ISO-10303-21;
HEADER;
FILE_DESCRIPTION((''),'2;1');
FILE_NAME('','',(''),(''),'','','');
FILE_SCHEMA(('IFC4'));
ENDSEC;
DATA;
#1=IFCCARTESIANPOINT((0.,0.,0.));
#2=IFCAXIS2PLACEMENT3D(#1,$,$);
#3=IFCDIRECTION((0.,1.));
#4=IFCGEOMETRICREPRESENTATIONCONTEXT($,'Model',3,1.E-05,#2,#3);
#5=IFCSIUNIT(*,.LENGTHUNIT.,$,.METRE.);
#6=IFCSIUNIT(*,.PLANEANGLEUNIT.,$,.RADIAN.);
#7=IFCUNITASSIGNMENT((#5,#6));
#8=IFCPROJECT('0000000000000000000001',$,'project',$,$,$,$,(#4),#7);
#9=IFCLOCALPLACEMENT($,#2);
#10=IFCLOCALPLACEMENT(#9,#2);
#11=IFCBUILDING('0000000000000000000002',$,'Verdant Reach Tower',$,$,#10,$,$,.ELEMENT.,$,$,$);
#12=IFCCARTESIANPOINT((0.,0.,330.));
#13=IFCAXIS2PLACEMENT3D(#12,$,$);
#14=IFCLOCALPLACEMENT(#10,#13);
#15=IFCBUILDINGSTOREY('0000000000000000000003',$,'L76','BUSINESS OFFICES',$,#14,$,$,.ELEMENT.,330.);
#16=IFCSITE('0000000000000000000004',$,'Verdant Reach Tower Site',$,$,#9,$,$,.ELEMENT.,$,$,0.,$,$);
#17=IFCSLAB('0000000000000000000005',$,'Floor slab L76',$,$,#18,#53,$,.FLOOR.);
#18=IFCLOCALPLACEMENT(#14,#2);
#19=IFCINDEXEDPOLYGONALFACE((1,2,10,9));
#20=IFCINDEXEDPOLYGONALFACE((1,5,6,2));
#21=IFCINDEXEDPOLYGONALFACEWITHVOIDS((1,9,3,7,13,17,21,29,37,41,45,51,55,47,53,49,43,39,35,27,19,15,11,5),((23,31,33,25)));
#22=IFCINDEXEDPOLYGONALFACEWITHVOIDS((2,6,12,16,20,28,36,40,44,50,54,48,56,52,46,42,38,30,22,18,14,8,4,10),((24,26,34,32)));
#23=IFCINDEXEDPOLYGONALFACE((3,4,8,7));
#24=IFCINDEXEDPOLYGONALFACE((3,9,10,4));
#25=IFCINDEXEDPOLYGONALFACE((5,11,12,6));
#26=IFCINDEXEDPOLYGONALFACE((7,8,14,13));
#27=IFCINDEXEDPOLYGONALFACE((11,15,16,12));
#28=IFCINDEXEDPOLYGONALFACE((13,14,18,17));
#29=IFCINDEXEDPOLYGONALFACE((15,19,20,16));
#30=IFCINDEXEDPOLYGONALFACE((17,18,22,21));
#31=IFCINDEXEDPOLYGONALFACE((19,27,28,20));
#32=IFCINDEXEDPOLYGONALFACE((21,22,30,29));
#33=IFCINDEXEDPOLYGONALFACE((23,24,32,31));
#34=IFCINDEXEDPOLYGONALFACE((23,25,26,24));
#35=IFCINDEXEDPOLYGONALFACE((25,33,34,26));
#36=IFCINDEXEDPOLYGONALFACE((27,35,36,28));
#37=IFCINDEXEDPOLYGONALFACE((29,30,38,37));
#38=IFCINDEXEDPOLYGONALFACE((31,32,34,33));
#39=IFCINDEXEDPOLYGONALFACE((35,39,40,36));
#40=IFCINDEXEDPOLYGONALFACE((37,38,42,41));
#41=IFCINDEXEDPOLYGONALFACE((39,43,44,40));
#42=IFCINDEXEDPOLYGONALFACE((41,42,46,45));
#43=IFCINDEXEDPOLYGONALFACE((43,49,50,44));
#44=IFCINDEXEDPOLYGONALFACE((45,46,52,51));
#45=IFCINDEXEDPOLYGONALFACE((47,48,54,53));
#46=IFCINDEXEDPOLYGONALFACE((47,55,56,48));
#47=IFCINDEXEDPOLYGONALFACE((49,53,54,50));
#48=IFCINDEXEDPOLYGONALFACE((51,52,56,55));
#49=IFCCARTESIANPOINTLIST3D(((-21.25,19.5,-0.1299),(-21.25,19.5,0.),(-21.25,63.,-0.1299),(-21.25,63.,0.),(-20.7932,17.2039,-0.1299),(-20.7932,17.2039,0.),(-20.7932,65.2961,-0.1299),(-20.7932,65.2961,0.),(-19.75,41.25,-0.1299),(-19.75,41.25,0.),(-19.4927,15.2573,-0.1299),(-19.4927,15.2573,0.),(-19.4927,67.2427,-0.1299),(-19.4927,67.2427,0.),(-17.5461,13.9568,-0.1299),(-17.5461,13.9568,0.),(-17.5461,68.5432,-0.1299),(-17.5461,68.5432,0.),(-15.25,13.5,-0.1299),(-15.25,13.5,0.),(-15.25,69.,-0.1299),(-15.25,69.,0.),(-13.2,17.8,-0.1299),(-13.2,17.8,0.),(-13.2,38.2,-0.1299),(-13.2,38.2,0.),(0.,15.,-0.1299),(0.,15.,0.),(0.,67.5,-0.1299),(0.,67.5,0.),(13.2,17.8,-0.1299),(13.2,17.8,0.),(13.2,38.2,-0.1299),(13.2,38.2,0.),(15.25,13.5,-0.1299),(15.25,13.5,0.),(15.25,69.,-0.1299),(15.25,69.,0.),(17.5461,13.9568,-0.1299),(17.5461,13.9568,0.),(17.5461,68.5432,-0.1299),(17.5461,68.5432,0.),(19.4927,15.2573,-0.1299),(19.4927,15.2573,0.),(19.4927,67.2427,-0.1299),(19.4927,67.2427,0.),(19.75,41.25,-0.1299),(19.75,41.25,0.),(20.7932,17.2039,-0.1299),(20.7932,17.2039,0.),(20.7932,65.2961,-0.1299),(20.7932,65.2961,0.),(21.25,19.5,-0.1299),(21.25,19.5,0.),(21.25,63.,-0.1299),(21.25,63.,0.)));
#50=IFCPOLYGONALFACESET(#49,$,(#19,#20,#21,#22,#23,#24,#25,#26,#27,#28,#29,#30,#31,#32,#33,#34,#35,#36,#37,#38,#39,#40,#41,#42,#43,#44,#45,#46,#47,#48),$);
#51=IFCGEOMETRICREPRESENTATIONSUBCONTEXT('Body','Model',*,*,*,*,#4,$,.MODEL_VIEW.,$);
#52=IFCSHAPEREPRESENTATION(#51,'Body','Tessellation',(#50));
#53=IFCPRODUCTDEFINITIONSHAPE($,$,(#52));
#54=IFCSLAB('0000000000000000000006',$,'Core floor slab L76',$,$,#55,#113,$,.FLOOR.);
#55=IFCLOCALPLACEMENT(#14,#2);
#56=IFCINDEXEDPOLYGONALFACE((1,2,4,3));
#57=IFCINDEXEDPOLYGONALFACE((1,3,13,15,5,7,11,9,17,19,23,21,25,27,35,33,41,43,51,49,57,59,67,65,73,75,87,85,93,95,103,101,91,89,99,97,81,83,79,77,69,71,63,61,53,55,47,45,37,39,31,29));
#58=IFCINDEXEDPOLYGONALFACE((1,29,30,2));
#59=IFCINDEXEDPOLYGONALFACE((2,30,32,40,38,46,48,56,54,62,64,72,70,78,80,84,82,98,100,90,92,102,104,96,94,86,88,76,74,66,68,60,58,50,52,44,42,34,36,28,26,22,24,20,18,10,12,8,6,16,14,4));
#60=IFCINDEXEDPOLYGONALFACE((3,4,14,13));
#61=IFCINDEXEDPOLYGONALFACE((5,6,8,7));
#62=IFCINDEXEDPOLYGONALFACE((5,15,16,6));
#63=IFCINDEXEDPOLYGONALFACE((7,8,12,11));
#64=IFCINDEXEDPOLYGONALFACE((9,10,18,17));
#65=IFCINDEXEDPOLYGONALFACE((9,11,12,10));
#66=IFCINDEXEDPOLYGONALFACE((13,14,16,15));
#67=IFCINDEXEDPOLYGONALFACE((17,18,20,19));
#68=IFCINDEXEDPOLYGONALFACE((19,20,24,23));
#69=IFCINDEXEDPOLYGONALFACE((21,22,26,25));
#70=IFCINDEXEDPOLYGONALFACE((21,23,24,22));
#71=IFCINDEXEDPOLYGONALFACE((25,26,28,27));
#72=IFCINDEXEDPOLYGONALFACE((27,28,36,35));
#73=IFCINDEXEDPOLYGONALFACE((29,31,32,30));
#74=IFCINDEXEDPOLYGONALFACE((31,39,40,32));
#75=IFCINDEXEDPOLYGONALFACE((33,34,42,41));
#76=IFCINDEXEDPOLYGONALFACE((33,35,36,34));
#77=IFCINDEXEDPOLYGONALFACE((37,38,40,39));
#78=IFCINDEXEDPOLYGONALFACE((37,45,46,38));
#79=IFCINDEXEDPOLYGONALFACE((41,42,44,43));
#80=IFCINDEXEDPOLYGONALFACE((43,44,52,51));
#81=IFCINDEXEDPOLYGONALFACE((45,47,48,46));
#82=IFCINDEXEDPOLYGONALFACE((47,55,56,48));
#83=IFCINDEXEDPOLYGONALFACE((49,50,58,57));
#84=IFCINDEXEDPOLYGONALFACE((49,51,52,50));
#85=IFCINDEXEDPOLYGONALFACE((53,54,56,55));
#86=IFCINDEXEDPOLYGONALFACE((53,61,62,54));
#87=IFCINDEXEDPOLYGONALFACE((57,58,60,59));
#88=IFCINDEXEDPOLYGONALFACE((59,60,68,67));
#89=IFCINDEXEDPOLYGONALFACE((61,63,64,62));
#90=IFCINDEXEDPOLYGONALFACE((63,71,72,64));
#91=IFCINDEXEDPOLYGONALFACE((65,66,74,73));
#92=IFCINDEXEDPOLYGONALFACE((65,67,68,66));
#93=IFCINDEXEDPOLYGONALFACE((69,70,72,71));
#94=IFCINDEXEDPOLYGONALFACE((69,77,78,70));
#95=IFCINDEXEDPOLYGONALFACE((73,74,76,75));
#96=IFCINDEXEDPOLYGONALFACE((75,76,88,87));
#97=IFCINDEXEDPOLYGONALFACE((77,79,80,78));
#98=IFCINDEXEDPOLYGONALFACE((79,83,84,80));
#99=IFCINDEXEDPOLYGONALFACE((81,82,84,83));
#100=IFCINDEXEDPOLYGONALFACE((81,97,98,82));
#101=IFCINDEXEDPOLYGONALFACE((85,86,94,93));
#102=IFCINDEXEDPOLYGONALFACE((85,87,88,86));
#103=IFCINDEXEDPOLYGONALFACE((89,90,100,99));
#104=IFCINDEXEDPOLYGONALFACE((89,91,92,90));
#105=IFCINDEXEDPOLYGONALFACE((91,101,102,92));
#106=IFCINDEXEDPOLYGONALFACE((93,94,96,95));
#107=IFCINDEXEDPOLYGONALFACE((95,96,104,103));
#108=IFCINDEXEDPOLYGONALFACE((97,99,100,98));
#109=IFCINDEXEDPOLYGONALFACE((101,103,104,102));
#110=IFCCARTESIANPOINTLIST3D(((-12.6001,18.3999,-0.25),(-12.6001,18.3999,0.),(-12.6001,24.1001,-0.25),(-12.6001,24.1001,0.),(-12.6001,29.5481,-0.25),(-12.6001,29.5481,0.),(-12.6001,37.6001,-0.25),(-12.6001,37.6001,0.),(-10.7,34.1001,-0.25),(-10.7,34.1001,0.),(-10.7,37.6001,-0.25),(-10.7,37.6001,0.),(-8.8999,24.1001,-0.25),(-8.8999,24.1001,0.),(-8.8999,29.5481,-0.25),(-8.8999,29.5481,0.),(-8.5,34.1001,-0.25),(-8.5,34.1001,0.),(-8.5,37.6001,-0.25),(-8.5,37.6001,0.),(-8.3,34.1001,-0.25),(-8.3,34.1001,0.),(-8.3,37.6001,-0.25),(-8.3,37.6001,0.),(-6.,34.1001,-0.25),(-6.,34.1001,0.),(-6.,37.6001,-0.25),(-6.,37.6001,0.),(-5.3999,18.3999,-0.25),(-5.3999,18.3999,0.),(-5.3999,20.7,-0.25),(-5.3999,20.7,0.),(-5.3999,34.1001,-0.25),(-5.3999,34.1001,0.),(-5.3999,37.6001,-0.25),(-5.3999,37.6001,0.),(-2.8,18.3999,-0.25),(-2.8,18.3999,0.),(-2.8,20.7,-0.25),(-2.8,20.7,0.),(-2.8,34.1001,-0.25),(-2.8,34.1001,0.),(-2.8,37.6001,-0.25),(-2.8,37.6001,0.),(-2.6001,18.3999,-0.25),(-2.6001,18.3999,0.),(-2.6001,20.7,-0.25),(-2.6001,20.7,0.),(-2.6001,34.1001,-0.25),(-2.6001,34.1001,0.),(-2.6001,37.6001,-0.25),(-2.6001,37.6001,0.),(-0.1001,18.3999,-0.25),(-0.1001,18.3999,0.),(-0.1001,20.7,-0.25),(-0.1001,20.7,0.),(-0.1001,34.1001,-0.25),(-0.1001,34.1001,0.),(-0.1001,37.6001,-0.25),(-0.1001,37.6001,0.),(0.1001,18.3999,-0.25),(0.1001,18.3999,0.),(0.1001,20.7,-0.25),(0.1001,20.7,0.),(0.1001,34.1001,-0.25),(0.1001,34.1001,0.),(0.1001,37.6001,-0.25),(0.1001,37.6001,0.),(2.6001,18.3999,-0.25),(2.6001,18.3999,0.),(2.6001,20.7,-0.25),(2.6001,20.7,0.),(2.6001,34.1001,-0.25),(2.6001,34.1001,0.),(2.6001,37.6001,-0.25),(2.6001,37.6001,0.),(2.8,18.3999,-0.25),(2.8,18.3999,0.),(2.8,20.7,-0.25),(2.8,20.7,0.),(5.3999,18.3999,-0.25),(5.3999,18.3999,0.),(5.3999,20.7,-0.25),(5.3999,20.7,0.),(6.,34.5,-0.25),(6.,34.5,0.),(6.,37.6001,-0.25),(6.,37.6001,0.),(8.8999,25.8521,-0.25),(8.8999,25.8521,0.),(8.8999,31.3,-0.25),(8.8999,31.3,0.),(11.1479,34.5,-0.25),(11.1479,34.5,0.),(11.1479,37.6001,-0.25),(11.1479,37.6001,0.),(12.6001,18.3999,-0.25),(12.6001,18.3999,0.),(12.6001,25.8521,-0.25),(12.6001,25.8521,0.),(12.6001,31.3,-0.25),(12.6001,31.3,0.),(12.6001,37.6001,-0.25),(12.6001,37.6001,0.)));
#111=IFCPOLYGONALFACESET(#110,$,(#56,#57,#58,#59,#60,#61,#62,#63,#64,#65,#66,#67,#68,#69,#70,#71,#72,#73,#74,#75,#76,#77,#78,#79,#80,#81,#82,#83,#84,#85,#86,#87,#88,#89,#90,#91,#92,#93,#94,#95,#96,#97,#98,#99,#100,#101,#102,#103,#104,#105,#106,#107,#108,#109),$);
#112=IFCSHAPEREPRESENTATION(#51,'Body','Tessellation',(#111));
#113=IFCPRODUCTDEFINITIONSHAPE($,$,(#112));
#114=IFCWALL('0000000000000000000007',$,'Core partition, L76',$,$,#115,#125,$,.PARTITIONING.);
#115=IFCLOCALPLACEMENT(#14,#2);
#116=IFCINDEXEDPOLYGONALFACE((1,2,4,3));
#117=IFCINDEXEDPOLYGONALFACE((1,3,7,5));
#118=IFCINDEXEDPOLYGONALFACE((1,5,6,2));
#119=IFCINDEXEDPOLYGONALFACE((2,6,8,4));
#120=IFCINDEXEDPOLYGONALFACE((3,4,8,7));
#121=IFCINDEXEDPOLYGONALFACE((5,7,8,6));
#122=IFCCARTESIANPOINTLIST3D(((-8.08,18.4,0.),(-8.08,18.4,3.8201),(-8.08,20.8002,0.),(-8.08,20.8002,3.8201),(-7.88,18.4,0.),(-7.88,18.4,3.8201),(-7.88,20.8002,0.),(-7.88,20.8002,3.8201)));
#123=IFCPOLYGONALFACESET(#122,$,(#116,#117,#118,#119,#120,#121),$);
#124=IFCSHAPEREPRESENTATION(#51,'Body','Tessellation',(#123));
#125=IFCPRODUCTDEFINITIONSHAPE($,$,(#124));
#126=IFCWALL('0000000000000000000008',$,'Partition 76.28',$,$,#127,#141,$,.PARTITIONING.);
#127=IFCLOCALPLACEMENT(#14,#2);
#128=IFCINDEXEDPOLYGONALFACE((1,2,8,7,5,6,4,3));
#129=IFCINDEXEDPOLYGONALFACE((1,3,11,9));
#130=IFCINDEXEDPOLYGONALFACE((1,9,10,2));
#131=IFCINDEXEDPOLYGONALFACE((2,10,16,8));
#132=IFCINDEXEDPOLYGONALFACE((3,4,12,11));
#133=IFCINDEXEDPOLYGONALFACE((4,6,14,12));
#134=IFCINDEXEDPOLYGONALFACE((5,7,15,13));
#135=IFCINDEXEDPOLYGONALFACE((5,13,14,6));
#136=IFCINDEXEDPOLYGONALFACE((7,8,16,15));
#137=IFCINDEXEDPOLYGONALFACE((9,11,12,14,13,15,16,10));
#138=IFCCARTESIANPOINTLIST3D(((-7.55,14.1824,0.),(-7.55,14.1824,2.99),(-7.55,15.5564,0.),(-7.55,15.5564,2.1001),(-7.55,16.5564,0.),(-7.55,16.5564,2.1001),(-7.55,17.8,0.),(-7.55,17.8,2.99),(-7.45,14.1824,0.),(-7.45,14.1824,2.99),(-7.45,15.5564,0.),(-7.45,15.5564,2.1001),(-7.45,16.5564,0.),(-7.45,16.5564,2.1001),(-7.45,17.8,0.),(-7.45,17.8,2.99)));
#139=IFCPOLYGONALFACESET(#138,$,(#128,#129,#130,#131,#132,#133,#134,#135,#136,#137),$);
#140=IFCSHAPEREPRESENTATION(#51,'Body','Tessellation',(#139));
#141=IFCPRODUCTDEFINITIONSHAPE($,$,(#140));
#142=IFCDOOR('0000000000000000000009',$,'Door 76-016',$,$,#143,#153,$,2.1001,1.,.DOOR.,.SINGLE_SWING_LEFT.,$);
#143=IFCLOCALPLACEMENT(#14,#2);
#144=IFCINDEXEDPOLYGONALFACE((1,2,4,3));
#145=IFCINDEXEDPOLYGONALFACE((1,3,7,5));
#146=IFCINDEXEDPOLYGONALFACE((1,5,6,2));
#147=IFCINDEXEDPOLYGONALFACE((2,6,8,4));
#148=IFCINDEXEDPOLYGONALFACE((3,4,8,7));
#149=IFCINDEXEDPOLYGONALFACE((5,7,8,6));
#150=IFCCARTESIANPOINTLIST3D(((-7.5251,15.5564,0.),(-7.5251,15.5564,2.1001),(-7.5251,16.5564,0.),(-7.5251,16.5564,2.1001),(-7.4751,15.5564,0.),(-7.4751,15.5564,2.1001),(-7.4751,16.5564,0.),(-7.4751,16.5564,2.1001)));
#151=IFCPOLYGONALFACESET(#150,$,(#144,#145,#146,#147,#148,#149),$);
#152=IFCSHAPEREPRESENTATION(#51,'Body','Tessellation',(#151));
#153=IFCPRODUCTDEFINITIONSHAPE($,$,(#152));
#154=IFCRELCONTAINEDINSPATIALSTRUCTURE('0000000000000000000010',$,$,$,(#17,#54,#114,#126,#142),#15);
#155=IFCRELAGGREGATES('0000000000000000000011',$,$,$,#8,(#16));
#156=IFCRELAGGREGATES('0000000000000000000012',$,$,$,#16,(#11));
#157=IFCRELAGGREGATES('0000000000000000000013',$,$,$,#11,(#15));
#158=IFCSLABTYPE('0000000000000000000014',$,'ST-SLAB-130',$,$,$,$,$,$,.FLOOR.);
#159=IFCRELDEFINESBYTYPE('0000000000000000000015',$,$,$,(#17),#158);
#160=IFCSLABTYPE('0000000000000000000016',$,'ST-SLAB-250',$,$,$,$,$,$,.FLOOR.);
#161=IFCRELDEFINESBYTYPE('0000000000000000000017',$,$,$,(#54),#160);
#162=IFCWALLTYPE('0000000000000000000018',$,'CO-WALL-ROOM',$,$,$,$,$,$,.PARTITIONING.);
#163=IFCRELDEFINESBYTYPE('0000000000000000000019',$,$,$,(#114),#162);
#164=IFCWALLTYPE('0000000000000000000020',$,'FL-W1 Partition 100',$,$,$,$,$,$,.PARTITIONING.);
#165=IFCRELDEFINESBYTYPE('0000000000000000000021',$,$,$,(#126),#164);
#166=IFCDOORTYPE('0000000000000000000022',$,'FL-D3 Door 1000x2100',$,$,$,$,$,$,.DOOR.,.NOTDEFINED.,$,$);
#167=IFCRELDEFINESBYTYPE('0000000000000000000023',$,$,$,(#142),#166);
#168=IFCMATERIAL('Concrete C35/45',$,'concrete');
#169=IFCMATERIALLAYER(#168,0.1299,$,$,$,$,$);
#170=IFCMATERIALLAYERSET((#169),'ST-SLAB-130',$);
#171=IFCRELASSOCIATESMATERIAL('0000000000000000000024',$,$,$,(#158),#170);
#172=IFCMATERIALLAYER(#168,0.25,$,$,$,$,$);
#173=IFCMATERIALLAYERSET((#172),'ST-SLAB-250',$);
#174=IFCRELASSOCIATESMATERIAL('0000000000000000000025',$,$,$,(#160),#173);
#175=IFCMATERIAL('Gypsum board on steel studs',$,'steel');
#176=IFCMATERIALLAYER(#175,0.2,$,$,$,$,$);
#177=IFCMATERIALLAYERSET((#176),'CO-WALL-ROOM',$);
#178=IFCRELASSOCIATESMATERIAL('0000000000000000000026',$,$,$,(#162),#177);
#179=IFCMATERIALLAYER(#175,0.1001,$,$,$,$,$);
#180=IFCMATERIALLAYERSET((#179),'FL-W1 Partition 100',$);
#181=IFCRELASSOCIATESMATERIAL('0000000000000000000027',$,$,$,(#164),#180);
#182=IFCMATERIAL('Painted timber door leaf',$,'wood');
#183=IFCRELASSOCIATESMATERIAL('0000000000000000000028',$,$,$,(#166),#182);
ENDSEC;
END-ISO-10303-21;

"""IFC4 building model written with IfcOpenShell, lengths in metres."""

from ifc_helpers import new_model, si_unit, direction, frame, frame_2d, origin, place, context, subcontext, project, spatial, polyline, rectangle, outline, extrude, material, layer, layer_set, type_object, element, fill, save


model = new_model("IFC4")

# Units and contexts
model_context = context("Model", 3, precision=1e-05, world=origin(), true_north=direction((0.0, 1.0)))
body_context = subcontext(model_context, "Body", "Model", "MODEL_VIEW")
ifc_project = project(units=[si_unit("LENGTHUNIT", "METRE"), si_unit("PLANEANGLEUNIT", "RADIAN")], contexts=[model_context])

# Site, building, storey
site_placement = place(None, origin())
site = spatial("IfcSite", under=ifc_project, at=site_placement, Name="Verdant Reach Tower Site", CompositionType="ELEMENT", RefElevation=0.0)
building_placement = place(site_placement, origin())
building = spatial("IfcBuilding", under=site, at=building_placement, Name="Verdant Reach Tower", CompositionType="ELEMENT")
storey_placement = place(building_placement, frame((0.0, 0.0, 330.0)))
storey = spatial("IfcBuildingStorey", under=building, at=storey_placement, Name="L76", Description="BUSINESS OFFICES", CompositionType="ELEMENT", Elevation=330.0)

# Slabs
ifc_material_1 = material(Name="Concrete C35/45", Category="concrete")
ifc_layer_1 = layer(ifc_material_1, 0.1299)
ifc_layer_set_1 = layer_set([ifc_layer_1], Name="ST-SLAB-130")
slab_type_1 = type_object("IfcSlabType", Name="ST-SLAB-130", PredefinedType="FLOOR", material=ifc_layer_set_1)
slab_1_placement = place(storey_placement, frame((0.0, 0.0, -0.1299)))
element("IfcSlab", 1, at=slab_1_placement, inside=storey, type_object=slab_type_1, Name="Floor slab L76", PredefinedType="FLOOR", context=body_context, shape_type="SweptSolid", body=[
    extrude(outline(polyline([(0.0, 15.0), (-15.25, 13.5), (-17.5461, 13.9568), (-19.4927, 15.2573), (-20.7932, 17.2039), (-21.25, 19.5), (-19.75, 41.25), (-21.25, 63.0), (-20.7932, 65.2961), (-19.4927, 67.2427), (-17.5461, 68.5432), (-15.25, 69.0), (0.0, 67.5), (15.25, 69.0), (17.5461, 68.5432), (19.4927, 67.2427), (20.7932, 65.2961), (21.25, 63.0), (19.75, 41.25), (21.25, 19.5), (20.7932, 17.2039), (19.4927, 15.2573), (17.5461, 13.9568), (15.25, 13.5), (0.0, 15.0)]), holes=[polyline([(13.2, 38.2), (-13.2, 38.2), (-13.2, 17.8), (13.2, 17.8), (13.2, 38.2)])]), origin(), (0.0, 0.0, 1.0), 0.1299),
])
ifc_layer_2 = layer(ifc_material_1, 0.25)
ifc_layer_set_2 = layer_set([ifc_layer_2], Name="ST-SLAB-250")
slab_type_2 = type_object("IfcSlabType", Name="ST-SLAB-250", PredefinedType="FLOOR", material=ifc_layer_set_2)
slab_2_placement = place(storey_placement, frame((0.0, 0.0, -0.25)))
element("IfcSlab", 2, at=slab_2_placement, inside=storey, type_object=slab_type_2, Name="Core floor slab L76", PredefinedType="FLOOR", context=body_context, shape_type="SweptSolid", body=[
    extrude(outline(polyline([(12.6001, 18.3999), (5.3999, 18.3999), (5.3999, 20.7), (2.8, 20.7), (2.8, 18.3999), (2.6001, 18.3999), (2.6001, 20.7), (0.1001, 20.7), (0.1001, 18.3999), (-0.1001, 18.3999), (-0.1001, 20.7), (-2.6001, 20.7), (-2.6001, 18.3999), (-2.8, 18.3999), (-2.8, 20.7), (-5.3999, 20.7), (-5.3999, 18.3999), (-12.6001, 18.3999), (-12.6001, 24.1001), (-8.8999, 24.1001), (-8.8999, 29.5481), (-12.6001, 29.5481), (-12.6001, 37.6001), (-10.7, 37.6001), (-10.7, 34.1001), (-8.5, 34.1001), (-8.5, 37.6001), (-8.3, 37.6001), (-8.3, 34.1001), (-6.0, 34.1001), (-6.0, 37.6001), (-5.3999, 37.6001), (-5.3999, 34.1001), (-2.8, 34.1001), (-2.8, 37.6001), (-2.6001, 37.6001), (-2.6001, 34.1001), (-0.1001, 34.1001), (-0.1001, 37.6001), (0.1001, 37.6001), (0.1001, 34.1001), (2.6001, 34.1001), (2.6001, 37.6001), (6.0, 37.6001), (6.0, 34.5), (11.1479, 34.5), (11.1479, 37.6001), (12.6001, 37.6001), (12.6001, 31.3), (8.8999, 31.3), (8.8999, 25.8521), (12.6001, 25.8521), (12.6001, 18.3999)])), origin(), (0.0, 0.0, 1.0), 0.25),
])

# Wall
ifc_material_2 = material(Name="Gypsum board on steel studs", Category="steel")
ifc_layer_3 = layer(ifc_material_2, 0.2)
ifc_layer_set_3 = layer_set([ifc_layer_3], Name="CO-WALL-ROOM")
wall_type_1 = type_object("IfcWallType", Name="CO-WALL-ROOM", PredefinedType="PARTITIONING", material=ifc_layer_set_3)
wall_1_placement = place(storey_placement, frame((-7.98, 18.3999, 0.0), z_axis=(0.0, 0.0, 1.0), x_axis=(0.0, 1.0, 0.0)))
element("IfcWall", 3, at=wall_1_placement, inside=storey, type_object=wall_type_1, Name="Core partition, L76", PredefinedType="PARTITIONING", context=body_context, shape_type="SweptSolid", body=[
    extrude(rectangle(XDim=2.4001, YDim=0.2, at=frame_2d((1.2002, 0.0))), origin(), (0.0, 0.0, 1.0), 3.8201),
])

# Wall, opening, door
ifc_layer_4 = layer(ifc_material_2, 0.1001)
ifc_layer_set_4 = layer_set([ifc_layer_4], Name="FL-W1 Partition 100")
wall_type_2 = type_object("IfcWallType", Name="FL-W1 Partition 100", PredefinedType="PARTITIONING", material=ifc_layer_set_4)
wall_2_placement = place(storey_placement, frame((-7.5, 17.8, 0.0), z_axis=(0.0, 0.0, 1.0), x_axis=(0.0, -1.0, 0.0)))
wall_2 = element("IfcWall", 4, at=wall_2_placement, inside=storey, type_object=wall_type_2, Name="Partition 76.28", PredefinedType="PARTITIONING", context=body_context, shape_type="SweptSolid", body=[
    extrude(rectangle(XDim=3.6177, YDim=0.1001, at=frame_2d((1.8088, 0.0))), origin(), (0.0, 0.0, 1.0), 2.99),
])
opening_1_placement = place(wall_2_placement, frame((1.2437, 0.0, 0.0)))
opening_1 = element("IfcOpeningElement", 5, at=opening_1_placement, cuts=wall_2, PredefinedType="OPENING", context=body_context, shape_type="SweptSolid", body=[
    extrude(rectangle(XDim=1.0, YDim=2.1001, at=frame_2d((0.5, 1.05))), frame((0.0, 0.0601, 0.0), z_axis=(0.0, -1.0, 0.0), x_axis=(1.0, 0.0, 0.0)), (0.0, 0.0, 1.0), 0.1201),
])
ifc_material_3 = material(Name="Painted timber door leaf", Category="wood")
door_type_1 = type_object("IfcDoorType", Name="FL-D3 Door 1000x2100", OperationType="NOTDEFINED", PredefinedType="DOOR", material=ifc_material_3)
door_1_placement = place(opening_1_placement, origin())
door_1 = element("IfcDoor", 6, at=door_1_placement, inside=storey, type_object=door_type_1, Name="Door 76-016", OperationType="SINGLE_SWING_LEFT", OverallHeight=2.1001, OverallWidth=1.0, PredefinedType="DOOR", context=body_context, shape_type="SweptSolid", body=[
    extrude(rectangle(XDim=1.0, YDim=2.1001, at=frame_2d((0.5, 1.05))), frame((0.0, 0.0249, 0.0), z_axis=(0.0, -1.0, 0.0), x_axis=(1.0, 0.0, 0.0)), (0.0, 0.0, 1.0), 0.05),
])
fill(opening_1, door_1)

save(model, "model.ifc")
